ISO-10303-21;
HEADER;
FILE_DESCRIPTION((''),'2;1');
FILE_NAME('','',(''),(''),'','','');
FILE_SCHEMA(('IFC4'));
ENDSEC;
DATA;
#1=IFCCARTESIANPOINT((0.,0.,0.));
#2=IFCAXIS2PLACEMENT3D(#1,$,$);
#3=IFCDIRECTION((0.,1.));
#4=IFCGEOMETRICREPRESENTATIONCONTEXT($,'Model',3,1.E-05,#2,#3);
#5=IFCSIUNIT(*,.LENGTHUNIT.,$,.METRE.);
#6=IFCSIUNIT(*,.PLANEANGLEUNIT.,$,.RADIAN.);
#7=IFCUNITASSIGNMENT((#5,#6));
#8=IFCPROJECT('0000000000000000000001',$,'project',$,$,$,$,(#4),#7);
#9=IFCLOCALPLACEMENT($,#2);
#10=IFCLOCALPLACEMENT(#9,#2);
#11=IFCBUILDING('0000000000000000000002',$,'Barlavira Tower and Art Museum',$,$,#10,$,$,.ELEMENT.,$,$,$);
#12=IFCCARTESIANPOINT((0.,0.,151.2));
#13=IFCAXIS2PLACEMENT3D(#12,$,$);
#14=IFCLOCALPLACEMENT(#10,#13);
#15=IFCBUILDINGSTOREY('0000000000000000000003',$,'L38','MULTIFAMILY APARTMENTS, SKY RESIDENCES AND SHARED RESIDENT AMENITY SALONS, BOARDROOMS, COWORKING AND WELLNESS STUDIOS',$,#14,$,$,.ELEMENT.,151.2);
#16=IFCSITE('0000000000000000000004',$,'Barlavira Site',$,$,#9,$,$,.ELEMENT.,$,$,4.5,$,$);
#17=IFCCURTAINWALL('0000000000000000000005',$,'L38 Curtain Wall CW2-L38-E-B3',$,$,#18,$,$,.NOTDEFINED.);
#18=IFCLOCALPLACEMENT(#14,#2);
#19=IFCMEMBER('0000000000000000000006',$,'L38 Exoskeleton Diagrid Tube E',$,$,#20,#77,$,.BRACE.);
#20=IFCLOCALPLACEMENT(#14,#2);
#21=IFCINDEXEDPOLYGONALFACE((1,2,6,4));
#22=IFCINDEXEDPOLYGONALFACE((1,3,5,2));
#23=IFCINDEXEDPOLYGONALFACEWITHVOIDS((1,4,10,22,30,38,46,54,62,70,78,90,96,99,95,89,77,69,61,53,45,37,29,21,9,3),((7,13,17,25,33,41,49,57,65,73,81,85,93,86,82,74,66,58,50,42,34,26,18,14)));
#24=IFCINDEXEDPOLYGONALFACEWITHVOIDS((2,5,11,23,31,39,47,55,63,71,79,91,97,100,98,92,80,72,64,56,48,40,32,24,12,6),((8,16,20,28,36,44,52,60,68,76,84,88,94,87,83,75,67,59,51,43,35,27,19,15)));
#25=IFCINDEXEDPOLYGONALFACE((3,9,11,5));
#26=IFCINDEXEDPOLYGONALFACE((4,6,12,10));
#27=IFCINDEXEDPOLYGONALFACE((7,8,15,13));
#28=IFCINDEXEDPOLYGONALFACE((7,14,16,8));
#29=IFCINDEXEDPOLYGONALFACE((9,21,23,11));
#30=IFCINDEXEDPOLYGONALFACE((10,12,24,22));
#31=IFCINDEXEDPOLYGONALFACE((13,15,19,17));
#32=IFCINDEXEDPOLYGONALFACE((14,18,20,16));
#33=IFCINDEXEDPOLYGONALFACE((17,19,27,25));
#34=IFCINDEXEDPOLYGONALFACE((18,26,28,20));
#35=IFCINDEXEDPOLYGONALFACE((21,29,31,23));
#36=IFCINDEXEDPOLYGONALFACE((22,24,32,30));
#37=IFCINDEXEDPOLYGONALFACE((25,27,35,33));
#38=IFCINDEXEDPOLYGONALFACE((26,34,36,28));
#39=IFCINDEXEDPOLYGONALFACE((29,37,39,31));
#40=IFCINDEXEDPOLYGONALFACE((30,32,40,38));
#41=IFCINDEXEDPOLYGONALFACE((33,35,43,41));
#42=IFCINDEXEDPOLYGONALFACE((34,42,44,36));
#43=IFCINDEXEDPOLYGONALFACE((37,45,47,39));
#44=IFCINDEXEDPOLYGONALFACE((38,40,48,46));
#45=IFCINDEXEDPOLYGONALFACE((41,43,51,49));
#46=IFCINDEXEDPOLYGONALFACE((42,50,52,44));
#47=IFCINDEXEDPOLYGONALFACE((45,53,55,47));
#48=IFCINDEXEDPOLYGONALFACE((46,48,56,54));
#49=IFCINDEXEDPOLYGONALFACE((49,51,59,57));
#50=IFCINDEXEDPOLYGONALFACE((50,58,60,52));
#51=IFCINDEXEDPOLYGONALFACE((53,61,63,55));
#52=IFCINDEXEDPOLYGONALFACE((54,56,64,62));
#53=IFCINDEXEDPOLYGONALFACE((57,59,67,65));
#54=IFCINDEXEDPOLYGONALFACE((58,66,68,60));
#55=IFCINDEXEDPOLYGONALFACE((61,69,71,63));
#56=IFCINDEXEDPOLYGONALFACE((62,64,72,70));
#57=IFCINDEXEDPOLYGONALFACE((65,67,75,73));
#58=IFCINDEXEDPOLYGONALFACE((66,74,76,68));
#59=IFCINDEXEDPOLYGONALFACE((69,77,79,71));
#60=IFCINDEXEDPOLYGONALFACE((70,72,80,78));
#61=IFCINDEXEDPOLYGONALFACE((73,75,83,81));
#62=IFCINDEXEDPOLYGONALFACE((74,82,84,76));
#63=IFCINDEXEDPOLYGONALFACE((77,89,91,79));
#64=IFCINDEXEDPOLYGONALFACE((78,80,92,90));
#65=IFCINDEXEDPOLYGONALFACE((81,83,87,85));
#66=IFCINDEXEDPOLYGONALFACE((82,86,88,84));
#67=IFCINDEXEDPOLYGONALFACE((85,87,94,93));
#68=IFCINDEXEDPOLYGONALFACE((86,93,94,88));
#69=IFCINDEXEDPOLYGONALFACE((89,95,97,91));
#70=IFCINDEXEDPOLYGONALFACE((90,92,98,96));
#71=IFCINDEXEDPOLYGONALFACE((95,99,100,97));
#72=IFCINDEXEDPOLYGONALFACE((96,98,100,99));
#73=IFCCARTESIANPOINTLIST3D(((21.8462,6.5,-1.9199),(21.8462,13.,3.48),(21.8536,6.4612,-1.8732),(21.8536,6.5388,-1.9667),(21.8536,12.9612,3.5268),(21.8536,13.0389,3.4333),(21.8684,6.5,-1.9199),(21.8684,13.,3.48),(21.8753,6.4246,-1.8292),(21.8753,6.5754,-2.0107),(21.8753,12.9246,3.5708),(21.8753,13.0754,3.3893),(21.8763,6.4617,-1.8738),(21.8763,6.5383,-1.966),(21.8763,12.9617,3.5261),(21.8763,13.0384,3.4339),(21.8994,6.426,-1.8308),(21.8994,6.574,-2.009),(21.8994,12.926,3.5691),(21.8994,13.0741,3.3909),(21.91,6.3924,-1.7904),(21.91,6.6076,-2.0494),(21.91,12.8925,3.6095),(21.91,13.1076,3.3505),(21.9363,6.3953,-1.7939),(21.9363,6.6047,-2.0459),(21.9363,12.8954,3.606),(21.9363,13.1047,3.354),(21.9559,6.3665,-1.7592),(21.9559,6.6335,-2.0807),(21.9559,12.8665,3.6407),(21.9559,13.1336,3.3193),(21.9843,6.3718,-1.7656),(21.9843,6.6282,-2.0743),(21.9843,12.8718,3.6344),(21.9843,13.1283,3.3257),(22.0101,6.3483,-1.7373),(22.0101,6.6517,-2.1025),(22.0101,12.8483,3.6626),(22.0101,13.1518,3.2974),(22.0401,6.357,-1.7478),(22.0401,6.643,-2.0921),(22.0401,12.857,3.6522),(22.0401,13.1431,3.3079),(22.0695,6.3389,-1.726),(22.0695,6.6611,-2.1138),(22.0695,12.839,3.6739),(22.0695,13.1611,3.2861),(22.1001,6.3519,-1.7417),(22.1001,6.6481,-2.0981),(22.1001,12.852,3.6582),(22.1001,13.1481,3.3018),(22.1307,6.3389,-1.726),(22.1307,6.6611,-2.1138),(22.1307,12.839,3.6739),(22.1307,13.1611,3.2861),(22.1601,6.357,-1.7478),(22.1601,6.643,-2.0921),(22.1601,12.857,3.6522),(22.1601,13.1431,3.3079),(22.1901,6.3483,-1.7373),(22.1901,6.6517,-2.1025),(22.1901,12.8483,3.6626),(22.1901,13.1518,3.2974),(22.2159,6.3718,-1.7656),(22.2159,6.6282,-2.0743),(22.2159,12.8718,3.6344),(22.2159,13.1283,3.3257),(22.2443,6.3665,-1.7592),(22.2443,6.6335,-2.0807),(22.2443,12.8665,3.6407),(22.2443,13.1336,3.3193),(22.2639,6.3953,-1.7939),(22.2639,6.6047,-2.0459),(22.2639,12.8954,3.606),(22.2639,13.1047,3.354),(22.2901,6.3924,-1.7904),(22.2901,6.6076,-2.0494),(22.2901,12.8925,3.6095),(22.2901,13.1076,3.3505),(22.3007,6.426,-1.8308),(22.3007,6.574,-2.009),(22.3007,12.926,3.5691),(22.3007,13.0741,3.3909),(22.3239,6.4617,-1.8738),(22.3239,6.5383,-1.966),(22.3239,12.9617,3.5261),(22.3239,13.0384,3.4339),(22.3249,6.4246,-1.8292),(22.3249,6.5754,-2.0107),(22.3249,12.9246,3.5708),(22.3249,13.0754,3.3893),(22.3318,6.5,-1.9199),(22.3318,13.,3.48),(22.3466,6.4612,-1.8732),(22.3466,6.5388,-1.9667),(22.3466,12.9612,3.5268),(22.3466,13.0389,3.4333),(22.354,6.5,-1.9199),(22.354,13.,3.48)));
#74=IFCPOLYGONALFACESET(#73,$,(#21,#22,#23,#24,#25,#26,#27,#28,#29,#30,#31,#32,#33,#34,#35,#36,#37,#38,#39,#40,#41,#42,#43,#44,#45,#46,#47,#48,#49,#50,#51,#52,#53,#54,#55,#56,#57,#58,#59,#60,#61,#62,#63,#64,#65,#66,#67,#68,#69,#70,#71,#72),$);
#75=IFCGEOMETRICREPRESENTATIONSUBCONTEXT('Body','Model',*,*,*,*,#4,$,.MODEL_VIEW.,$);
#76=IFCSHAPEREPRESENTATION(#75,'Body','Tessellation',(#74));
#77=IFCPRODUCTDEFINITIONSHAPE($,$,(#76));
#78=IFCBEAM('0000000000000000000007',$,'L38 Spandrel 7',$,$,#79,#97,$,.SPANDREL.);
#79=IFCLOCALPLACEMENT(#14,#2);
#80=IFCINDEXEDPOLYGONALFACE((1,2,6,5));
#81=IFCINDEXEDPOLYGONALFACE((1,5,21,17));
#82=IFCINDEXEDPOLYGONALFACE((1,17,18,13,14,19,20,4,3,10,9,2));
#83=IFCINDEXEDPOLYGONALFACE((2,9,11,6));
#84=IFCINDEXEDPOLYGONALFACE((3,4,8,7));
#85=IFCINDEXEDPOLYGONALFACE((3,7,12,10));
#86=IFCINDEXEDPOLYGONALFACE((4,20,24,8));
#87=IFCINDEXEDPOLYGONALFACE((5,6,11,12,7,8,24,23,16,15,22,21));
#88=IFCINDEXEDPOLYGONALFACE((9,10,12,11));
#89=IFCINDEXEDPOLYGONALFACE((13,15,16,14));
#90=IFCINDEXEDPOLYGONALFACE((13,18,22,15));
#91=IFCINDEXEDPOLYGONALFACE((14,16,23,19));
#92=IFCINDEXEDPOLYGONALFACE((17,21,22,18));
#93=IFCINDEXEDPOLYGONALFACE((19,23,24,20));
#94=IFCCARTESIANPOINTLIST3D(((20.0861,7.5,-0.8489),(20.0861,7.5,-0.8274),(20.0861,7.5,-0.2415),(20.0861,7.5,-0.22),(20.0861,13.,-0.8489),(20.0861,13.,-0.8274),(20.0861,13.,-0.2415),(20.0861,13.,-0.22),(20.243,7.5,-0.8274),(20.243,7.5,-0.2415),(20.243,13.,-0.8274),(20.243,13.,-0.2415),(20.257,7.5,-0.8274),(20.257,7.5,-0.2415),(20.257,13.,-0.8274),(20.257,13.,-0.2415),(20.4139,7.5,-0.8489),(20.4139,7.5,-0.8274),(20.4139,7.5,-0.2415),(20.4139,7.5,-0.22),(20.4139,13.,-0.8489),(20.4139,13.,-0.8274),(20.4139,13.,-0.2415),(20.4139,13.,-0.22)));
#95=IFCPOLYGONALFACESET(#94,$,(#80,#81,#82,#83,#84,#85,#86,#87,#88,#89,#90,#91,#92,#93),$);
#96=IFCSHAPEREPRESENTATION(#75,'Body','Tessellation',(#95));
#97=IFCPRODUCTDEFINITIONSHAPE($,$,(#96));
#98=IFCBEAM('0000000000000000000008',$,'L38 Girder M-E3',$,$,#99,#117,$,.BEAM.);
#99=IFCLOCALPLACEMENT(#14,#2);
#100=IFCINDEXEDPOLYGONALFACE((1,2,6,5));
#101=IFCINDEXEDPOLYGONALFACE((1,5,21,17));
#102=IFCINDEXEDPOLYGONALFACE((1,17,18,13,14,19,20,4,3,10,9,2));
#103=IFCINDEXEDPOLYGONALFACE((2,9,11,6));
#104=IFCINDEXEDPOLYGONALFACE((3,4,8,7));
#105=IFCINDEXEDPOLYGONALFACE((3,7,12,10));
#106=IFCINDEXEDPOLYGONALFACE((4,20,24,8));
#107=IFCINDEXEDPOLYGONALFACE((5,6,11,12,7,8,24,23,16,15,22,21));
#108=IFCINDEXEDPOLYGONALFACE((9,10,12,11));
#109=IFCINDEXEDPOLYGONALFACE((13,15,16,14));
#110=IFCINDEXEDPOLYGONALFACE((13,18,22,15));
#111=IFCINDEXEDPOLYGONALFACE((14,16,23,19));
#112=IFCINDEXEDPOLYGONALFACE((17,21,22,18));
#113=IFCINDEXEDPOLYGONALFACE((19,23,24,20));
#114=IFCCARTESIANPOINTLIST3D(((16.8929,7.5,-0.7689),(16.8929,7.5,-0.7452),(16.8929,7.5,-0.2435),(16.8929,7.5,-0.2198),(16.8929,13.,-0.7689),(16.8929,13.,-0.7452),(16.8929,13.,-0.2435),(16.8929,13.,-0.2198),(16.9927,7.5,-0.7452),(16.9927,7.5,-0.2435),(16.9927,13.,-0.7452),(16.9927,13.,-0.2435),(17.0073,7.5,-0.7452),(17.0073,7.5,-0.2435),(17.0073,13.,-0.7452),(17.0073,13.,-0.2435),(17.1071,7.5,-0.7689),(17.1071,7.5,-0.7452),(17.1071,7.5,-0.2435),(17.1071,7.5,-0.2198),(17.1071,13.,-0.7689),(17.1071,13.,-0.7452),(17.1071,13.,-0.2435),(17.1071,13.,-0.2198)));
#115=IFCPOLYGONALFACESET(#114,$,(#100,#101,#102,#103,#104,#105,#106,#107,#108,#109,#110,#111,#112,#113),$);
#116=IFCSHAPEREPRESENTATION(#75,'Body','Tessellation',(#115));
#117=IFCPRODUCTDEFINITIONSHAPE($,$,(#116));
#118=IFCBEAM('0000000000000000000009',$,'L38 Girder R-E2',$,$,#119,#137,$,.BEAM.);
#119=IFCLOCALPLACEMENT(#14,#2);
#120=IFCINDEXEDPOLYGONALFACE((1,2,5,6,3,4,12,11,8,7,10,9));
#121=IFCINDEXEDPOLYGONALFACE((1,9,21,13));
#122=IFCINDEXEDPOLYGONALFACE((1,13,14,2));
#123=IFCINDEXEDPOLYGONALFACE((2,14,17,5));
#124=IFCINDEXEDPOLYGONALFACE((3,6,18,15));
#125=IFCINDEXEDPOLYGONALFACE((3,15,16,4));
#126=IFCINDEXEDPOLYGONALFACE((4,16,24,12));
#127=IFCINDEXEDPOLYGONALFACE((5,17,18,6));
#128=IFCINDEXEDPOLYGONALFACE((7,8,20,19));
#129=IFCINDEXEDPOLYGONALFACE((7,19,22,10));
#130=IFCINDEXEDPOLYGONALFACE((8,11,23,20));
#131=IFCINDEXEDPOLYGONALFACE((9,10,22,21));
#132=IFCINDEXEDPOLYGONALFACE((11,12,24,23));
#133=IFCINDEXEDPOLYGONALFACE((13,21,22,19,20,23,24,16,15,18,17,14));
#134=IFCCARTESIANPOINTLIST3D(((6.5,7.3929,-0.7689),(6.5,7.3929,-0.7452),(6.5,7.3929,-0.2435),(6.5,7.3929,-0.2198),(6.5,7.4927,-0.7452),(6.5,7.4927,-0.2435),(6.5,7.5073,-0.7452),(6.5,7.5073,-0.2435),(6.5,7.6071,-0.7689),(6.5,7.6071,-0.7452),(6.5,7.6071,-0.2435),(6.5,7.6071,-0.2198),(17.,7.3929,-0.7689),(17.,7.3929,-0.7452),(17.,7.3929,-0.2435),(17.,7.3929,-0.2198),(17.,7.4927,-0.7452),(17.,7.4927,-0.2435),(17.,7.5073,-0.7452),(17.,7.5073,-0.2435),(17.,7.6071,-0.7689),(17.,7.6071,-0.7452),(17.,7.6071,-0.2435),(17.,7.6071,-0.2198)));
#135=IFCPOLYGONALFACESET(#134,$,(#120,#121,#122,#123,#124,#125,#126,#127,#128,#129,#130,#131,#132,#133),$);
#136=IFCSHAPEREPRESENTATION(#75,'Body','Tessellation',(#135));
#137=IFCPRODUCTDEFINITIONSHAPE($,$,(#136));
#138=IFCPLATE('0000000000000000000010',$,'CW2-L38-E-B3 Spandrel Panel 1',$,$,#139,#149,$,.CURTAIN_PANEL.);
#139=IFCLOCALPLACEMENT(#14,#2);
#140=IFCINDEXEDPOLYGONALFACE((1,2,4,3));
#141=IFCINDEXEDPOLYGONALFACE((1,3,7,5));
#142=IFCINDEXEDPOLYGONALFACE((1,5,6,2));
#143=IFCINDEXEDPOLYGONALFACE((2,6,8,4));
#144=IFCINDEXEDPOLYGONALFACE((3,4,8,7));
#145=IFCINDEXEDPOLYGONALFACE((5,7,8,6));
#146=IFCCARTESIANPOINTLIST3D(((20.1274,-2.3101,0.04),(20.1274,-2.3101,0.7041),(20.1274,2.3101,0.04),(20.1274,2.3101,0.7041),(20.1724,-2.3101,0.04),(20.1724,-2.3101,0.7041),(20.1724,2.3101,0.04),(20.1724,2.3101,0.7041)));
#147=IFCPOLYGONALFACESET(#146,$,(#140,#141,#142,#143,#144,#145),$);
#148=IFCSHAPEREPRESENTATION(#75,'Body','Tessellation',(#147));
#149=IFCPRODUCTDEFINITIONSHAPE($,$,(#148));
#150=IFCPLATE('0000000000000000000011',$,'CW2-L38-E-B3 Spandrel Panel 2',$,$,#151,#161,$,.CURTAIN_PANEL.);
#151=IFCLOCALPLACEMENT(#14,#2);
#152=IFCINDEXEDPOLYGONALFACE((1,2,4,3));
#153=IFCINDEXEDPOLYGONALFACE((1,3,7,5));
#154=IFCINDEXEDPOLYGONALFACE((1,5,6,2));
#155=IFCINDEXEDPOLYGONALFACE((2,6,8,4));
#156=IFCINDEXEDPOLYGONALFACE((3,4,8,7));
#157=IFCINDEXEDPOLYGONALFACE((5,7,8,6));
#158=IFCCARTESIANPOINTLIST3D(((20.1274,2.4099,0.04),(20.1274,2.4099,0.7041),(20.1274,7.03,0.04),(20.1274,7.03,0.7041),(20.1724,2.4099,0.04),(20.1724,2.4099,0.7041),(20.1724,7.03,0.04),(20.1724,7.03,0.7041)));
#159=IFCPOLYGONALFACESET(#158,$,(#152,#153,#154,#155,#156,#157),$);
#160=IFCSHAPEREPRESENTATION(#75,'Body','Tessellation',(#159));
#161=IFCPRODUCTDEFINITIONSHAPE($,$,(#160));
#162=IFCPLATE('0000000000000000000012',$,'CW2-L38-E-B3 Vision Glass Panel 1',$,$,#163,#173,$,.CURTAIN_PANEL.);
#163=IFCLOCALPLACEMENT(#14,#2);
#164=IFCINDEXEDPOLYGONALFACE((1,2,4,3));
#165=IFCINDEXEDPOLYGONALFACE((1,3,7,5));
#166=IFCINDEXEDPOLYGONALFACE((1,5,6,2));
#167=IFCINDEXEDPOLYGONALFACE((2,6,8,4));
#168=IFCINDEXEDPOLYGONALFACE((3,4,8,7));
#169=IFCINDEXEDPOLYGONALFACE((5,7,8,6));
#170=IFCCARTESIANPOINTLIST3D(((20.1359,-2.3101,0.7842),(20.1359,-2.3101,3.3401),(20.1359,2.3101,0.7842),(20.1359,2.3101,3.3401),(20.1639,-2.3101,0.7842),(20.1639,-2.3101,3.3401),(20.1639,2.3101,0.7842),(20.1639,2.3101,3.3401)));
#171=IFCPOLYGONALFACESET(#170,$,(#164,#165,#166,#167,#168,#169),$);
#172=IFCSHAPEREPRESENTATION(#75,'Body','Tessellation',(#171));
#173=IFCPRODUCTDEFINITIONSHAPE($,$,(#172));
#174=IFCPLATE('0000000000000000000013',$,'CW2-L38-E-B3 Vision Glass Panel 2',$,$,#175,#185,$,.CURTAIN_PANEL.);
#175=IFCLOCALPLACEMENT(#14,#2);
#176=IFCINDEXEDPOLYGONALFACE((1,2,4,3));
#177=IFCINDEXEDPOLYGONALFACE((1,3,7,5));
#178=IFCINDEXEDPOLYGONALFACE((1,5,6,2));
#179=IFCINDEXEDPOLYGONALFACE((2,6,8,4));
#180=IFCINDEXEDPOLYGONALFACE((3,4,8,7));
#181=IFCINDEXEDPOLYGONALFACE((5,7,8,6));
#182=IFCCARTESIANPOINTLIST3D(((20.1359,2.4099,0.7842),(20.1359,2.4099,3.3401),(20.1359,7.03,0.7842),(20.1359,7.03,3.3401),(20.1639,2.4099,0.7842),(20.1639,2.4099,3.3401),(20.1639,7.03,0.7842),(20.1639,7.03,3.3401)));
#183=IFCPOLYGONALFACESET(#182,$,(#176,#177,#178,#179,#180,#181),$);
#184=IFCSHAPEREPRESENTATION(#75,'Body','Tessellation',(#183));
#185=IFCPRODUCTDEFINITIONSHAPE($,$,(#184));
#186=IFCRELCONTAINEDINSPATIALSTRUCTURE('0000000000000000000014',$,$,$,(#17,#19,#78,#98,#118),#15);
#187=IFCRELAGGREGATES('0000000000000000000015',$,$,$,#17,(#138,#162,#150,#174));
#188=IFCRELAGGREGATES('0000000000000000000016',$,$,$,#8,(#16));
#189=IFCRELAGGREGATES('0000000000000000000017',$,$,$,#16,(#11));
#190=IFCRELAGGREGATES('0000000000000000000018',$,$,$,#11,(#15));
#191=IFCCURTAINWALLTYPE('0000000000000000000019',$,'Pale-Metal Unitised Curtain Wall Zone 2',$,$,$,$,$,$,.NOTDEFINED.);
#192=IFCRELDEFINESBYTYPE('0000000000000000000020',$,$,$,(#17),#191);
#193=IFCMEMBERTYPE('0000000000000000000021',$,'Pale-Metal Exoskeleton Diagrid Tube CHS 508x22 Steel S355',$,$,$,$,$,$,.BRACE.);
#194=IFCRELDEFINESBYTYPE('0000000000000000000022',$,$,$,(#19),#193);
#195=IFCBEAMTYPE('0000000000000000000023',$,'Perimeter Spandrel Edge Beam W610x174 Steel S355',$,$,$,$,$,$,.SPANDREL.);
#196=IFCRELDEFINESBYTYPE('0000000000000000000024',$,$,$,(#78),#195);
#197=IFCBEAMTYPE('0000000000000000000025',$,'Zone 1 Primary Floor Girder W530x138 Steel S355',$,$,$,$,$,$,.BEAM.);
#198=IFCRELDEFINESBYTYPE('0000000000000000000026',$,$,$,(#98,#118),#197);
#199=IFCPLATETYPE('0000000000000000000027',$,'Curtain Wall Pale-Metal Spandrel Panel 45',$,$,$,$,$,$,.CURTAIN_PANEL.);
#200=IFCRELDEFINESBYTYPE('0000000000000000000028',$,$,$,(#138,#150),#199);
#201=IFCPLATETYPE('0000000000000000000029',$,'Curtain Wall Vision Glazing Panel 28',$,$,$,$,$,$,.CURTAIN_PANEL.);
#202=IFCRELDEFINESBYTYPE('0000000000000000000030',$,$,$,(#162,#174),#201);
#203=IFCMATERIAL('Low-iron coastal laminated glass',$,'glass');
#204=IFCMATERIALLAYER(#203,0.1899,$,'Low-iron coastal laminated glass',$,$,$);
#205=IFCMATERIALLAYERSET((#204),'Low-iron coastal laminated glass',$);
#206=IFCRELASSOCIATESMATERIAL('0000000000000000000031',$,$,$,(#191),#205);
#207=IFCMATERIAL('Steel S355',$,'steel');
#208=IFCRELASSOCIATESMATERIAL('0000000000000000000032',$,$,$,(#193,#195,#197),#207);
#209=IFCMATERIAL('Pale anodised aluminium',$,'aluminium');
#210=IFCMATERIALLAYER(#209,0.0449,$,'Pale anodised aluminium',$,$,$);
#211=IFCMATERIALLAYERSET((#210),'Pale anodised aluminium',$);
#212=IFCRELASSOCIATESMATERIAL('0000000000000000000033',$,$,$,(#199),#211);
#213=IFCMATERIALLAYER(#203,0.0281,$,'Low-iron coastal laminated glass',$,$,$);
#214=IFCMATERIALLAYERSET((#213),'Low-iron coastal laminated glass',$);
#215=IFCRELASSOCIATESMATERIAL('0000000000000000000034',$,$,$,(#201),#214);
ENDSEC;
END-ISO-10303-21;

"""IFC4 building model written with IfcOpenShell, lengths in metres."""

from ifc_helpers import new_model, si_unit, direction, frame, origin, origin_2d, place, context, subcontext, project, spatial, rectangle, hollow_circle, i_section, extrude, material, layer, layer_set, material_profile, profile_set, type_object, element, aggregate, save


model = new_model("IFC4")

# Units and contexts
model_context = context("Model", 3, precision=1e-05, world=origin(), true_north=direction((0.0, 1.0)))
body_context = subcontext(model_context, "Body", "Model", "MODEL_VIEW")
ifc_project = project(units=[si_unit("LENGTHUNIT", "METRE"), si_unit("PLANEANGLEUNIT", "RADIAN")], contexts=[model_context])

# Site, building, storey
site_placement = place(None, origin())
site = spatial("IfcSite", under=ifc_project, at=site_placement, Name="Barlavira Site", CompositionType="ELEMENT", RefElevation=4.5)
building_placement = place(site_placement, origin())
building = spatial("IfcBuilding", under=site, at=building_placement, Name="Barlavira Tower and Art Museum", CompositionType="ELEMENT")
storey_placement = place(building_placement, frame((0.0, 0.0, 151.2)))
storey = spatial("IfcBuildingStorey", under=building, at=storey_placement, Name="L38", Description="MULTIFAMILY APARTMENTS, SKY RESIDENCES AND SHARED RESIDENT AMENITY SALONS, BOARDROOMS, COWORKING AND WELLNESS STUDIOS", CompositionType="ELEMENT", Elevation=151.2)

# Curtain wall
ifc_material_1 = material(Name="Low-iron coastal laminated glass", Category="glass")
ifc_layer_1 = layer(ifc_material_1, 0.1899, Name="Low-iron coastal laminated glass")
ifc_layer_set_1 = layer_set([ifc_layer_1], Name="Low-iron coastal laminated glass")
curtain_wall_type = type_object("IfcCurtainWallType", Name="Pale-Metal Unitised Curtain Wall Zone 2", PredefinedType="NOTDEFINED", material=ifc_layer_set_1)
curtain_wall_placement = place(storey_placement, origin())
curtain_wall = element("IfcCurtainWall", 1, at=curtain_wall_placement, inside=storey, type_object=curtain_wall_type, Name="L38 Curtain Wall CW2-L38-E-B3", PredefinedType="NOTDEFINED")
ifc_material_2 = material(Name="Pale anodised aluminium", Category="aluminium")

# Member
ifc_material_3 = material(Name="Steel S355", Category="steel")
ifc_material_profile_1 = material_profile(ifc_material_3, hollow_circle(Radius=0.2539, WallThickness=0.0222, at=origin_2d()), Name="CHS 508.0x22.2")
ifc_profile_set_1 = profile_set([ifc_material_profile_1], Name="Steel S355")
member_type_1 = type_object("IfcMemberType", Name="Pale-Metal Exoskeleton Diagrid Tube CHS 508x22 Steel S355", PredefinedType="BRACE", material=ifc_profile_set_1)
for number, where, z_axis, x_axis, name in (
    (2, (22.1001, 6.5, -1.9199), (0.0, 0.769196, 0.639013), (-1.0, 0.0, 0.0), "L38 Exoskeleton Diagrid Tube E"),
):
    element("IfcMember", number, at=place(storey_placement, frame(where, z_axis=z_axis, x_axis=x_axis)), inside=storey, type_object=member_type_1, Name=name, PredefinedType="BRACE", context=body_context, shape_type="SweptSolid", body=[
        extrude(hollow_circle(Radius=0.2539, WallThickness=0.0222, at=origin_2d()), origin(), (0.0, 0.0, 1.0), 8.4504),
    ])

# Beams
ifc_material_profile_2 = material_profile(ifc_material_3, i_section(OverallWidth=0.3279, OverallDepth=0.6289, WebThickness=0.0139, FlangeThickness=0.0215, at=origin_2d()), Name="W610x174.0")
ifc_profile_set_2 = profile_set([ifc_material_profile_2], Name="Steel S355")
beam_type_1 = type_object("IfcBeamType", Name="Perimeter Spandrel Edge Beam W610x174 Steel S355", PredefinedType="SPANDREL", material=ifc_profile_set_2)
beam_1_placement = place(storey_placement, frame((20.25, 7.5, -0.5344), z_axis=(0.0, 1.0, 0.0), x_axis=(-1.0, 0.0, 0.0)))
element("IfcBeam", 3, at=beam_1_placement, inside=storey, type_object=beam_type_1, Name="L38 Spandrel 7", PredefinedType="SPANDREL", context=body_context, shape_type="SweptSolid", body=[
    extrude(i_section(OverallWidth=0.3279, OverallDepth=0.6289, WebThickness=0.0139, FlangeThickness=0.0215, at=origin_2d()), origin(), (0.0, 0.0, 1.0), 5.5),
])
ifc_material_profile_3 = material_profile(ifc_material_3, i_section(OverallWidth=0.2141, OverallDepth=0.5491, WebThickness=0.0146, FlangeThickness=0.0237, at=origin_2d()), Name="W530x138.0")
ifc_profile_set_3 = profile_set([ifc_material_profile_3], Name="Steel S355")
beam_type_2 = type_object("IfcBeamType", Name="Zone 1 Primary Floor Girder W530x138 Steel S355", PredefinedType="BEAM", material=ifc_profile_set_3)
beam_2_placement = place(storey_placement, frame((17.0, 7.5, -0.4944), z_axis=(0.0, 1.0, 0.0), x_axis=(-1.0, 0.0, 0.0)))
element("IfcBeam", 4, at=beam_2_placement, inside=storey, type_object=beam_type_2, Name="L38 Girder M-E3", PredefinedType="BEAM", context=body_context, shape_type="SweptSolid", body=[
    extrude(i_section(OverallWidth=0.2141, OverallDepth=0.5491, WebThickness=0.0146, FlangeThickness=0.0237, at=origin_2d()), origin(), (0.0, 0.0, 1.0), 5.5),
])
beam_3_placement = place(storey_placement, frame((6.5, 7.5, -0.4944), z_axis=(1.0, 0.0, 0.0), x_axis=(0.0, 1.0, 0.0)))
element("IfcBeam", 5, at=beam_3_placement, inside=storey, type_object=beam_type_2, Name="L38 Girder R-E2", PredefinedType="BEAM", context=body_context, shape_type="SweptSolid", body=[
    extrude(i_section(OverallWidth=0.2141, OverallDepth=0.5491, WebThickness=0.0146, FlangeThickness=0.0237, at=origin_2d()), origin(), (0.0, 0.0, 1.0), 10.5),
])

# Plates
ifc_layer_2 = layer(ifc_material_2, 0.0449, Name="Pale anodised aluminium")
ifc_layer_set_2 = layer_set([ifc_layer_2], Name="Pale anodised aluminium")
plate_type_1 = type_object("IfcPlateType", Name="Curtain Wall Pale-Metal Spandrel Panel 45", PredefinedType="CURTAIN_PANEL", material=ifc_layer_set_2)
plate_1_placement = place(storey_placement, frame((20.1499, 0.0, 0.04), z_axis=(0.0, 0.0, 1.0), x_axis=(0.0, 1.0, 0.0)))
plate_1 = element("IfcPlate", 6, at=plate_1_placement, type_object=plate_type_1, Name="CW2-L38-E-B3 Spandrel Panel 1", PredefinedType="CURTAIN_PANEL", context=body_context, shape_type="SweptSolid", body=[
    extrude(rectangle(XDim=4.6201, YDim=0.0449, at=origin_2d()), origin(), (0.0, 0.0, 1.0), 0.6641),
])
plate_2_placement = place(storey_placement, frame((20.1499, 4.72, 0.04), z_axis=(0.0, 0.0, 1.0), x_axis=(0.0, 1.0, 0.0)))
plate_2 = element("IfcPlate", 7, at=plate_2_placement, type_object=plate_type_1, Name="CW2-L38-E-B3 Spandrel Panel 2", PredefinedType="CURTAIN_PANEL", context=body_context, shape_type="SweptSolid", body=[
    extrude(rectangle(XDim=4.6201, YDim=0.0449, at=origin_2d()), origin(), (0.0, 0.0, 1.0), 0.6641),
])
ifc_layer_3 = layer(ifc_material_1, 0.0281, Name="Low-iron coastal laminated glass")
ifc_layer_set_3 = layer_set([ifc_layer_3], Name="Low-iron coastal laminated glass")
plate_type_2 = type_object("IfcPlateType", Name="Curtain Wall Vision Glazing Panel 28", PredefinedType="CURTAIN_PANEL", material=ifc_layer_set_3)
plate_3_placement = place(storey_placement, frame((20.1499, 0.0, 0.7842), z_axis=(0.0, 0.0, 1.0), x_axis=(0.0, 1.0, 0.0)))
plate_3 = element("IfcPlate", 8, at=plate_3_placement, type_object=plate_type_2, Name="CW2-L38-E-B3 Vision Glass Panel 1", PredefinedType="CURTAIN_PANEL", context=body_context, shape_type="SweptSolid", body=[
    extrude(rectangle(XDim=4.6201, YDim=0.0281, at=origin_2d()), origin(), (0.0, 0.0, 1.0), 2.5559),
])
plate_4_placement = place(storey_placement, frame((20.1499, 4.72, 0.7842), z_axis=(0.0, 0.0, 1.0), x_axis=(0.0, 1.0, 0.0)))
plate_4 = element("IfcPlate", 9, at=plate_4_placement, type_object=plate_type_2, Name="CW2-L38-E-B3 Vision Glass Panel 2", PredefinedType="CURTAIN_PANEL", context=body_context, shape_type="SweptSolid", body=[
    extrude(rectangle(XDim=4.6201, YDim=0.0281, at=origin_2d()), origin(), (0.0, 0.0, 1.0), 2.5559),
])
aggregate(curtain_wall, [plate_1, plate_3, plate_2, plate_4])

save(model, "model.ifc")
